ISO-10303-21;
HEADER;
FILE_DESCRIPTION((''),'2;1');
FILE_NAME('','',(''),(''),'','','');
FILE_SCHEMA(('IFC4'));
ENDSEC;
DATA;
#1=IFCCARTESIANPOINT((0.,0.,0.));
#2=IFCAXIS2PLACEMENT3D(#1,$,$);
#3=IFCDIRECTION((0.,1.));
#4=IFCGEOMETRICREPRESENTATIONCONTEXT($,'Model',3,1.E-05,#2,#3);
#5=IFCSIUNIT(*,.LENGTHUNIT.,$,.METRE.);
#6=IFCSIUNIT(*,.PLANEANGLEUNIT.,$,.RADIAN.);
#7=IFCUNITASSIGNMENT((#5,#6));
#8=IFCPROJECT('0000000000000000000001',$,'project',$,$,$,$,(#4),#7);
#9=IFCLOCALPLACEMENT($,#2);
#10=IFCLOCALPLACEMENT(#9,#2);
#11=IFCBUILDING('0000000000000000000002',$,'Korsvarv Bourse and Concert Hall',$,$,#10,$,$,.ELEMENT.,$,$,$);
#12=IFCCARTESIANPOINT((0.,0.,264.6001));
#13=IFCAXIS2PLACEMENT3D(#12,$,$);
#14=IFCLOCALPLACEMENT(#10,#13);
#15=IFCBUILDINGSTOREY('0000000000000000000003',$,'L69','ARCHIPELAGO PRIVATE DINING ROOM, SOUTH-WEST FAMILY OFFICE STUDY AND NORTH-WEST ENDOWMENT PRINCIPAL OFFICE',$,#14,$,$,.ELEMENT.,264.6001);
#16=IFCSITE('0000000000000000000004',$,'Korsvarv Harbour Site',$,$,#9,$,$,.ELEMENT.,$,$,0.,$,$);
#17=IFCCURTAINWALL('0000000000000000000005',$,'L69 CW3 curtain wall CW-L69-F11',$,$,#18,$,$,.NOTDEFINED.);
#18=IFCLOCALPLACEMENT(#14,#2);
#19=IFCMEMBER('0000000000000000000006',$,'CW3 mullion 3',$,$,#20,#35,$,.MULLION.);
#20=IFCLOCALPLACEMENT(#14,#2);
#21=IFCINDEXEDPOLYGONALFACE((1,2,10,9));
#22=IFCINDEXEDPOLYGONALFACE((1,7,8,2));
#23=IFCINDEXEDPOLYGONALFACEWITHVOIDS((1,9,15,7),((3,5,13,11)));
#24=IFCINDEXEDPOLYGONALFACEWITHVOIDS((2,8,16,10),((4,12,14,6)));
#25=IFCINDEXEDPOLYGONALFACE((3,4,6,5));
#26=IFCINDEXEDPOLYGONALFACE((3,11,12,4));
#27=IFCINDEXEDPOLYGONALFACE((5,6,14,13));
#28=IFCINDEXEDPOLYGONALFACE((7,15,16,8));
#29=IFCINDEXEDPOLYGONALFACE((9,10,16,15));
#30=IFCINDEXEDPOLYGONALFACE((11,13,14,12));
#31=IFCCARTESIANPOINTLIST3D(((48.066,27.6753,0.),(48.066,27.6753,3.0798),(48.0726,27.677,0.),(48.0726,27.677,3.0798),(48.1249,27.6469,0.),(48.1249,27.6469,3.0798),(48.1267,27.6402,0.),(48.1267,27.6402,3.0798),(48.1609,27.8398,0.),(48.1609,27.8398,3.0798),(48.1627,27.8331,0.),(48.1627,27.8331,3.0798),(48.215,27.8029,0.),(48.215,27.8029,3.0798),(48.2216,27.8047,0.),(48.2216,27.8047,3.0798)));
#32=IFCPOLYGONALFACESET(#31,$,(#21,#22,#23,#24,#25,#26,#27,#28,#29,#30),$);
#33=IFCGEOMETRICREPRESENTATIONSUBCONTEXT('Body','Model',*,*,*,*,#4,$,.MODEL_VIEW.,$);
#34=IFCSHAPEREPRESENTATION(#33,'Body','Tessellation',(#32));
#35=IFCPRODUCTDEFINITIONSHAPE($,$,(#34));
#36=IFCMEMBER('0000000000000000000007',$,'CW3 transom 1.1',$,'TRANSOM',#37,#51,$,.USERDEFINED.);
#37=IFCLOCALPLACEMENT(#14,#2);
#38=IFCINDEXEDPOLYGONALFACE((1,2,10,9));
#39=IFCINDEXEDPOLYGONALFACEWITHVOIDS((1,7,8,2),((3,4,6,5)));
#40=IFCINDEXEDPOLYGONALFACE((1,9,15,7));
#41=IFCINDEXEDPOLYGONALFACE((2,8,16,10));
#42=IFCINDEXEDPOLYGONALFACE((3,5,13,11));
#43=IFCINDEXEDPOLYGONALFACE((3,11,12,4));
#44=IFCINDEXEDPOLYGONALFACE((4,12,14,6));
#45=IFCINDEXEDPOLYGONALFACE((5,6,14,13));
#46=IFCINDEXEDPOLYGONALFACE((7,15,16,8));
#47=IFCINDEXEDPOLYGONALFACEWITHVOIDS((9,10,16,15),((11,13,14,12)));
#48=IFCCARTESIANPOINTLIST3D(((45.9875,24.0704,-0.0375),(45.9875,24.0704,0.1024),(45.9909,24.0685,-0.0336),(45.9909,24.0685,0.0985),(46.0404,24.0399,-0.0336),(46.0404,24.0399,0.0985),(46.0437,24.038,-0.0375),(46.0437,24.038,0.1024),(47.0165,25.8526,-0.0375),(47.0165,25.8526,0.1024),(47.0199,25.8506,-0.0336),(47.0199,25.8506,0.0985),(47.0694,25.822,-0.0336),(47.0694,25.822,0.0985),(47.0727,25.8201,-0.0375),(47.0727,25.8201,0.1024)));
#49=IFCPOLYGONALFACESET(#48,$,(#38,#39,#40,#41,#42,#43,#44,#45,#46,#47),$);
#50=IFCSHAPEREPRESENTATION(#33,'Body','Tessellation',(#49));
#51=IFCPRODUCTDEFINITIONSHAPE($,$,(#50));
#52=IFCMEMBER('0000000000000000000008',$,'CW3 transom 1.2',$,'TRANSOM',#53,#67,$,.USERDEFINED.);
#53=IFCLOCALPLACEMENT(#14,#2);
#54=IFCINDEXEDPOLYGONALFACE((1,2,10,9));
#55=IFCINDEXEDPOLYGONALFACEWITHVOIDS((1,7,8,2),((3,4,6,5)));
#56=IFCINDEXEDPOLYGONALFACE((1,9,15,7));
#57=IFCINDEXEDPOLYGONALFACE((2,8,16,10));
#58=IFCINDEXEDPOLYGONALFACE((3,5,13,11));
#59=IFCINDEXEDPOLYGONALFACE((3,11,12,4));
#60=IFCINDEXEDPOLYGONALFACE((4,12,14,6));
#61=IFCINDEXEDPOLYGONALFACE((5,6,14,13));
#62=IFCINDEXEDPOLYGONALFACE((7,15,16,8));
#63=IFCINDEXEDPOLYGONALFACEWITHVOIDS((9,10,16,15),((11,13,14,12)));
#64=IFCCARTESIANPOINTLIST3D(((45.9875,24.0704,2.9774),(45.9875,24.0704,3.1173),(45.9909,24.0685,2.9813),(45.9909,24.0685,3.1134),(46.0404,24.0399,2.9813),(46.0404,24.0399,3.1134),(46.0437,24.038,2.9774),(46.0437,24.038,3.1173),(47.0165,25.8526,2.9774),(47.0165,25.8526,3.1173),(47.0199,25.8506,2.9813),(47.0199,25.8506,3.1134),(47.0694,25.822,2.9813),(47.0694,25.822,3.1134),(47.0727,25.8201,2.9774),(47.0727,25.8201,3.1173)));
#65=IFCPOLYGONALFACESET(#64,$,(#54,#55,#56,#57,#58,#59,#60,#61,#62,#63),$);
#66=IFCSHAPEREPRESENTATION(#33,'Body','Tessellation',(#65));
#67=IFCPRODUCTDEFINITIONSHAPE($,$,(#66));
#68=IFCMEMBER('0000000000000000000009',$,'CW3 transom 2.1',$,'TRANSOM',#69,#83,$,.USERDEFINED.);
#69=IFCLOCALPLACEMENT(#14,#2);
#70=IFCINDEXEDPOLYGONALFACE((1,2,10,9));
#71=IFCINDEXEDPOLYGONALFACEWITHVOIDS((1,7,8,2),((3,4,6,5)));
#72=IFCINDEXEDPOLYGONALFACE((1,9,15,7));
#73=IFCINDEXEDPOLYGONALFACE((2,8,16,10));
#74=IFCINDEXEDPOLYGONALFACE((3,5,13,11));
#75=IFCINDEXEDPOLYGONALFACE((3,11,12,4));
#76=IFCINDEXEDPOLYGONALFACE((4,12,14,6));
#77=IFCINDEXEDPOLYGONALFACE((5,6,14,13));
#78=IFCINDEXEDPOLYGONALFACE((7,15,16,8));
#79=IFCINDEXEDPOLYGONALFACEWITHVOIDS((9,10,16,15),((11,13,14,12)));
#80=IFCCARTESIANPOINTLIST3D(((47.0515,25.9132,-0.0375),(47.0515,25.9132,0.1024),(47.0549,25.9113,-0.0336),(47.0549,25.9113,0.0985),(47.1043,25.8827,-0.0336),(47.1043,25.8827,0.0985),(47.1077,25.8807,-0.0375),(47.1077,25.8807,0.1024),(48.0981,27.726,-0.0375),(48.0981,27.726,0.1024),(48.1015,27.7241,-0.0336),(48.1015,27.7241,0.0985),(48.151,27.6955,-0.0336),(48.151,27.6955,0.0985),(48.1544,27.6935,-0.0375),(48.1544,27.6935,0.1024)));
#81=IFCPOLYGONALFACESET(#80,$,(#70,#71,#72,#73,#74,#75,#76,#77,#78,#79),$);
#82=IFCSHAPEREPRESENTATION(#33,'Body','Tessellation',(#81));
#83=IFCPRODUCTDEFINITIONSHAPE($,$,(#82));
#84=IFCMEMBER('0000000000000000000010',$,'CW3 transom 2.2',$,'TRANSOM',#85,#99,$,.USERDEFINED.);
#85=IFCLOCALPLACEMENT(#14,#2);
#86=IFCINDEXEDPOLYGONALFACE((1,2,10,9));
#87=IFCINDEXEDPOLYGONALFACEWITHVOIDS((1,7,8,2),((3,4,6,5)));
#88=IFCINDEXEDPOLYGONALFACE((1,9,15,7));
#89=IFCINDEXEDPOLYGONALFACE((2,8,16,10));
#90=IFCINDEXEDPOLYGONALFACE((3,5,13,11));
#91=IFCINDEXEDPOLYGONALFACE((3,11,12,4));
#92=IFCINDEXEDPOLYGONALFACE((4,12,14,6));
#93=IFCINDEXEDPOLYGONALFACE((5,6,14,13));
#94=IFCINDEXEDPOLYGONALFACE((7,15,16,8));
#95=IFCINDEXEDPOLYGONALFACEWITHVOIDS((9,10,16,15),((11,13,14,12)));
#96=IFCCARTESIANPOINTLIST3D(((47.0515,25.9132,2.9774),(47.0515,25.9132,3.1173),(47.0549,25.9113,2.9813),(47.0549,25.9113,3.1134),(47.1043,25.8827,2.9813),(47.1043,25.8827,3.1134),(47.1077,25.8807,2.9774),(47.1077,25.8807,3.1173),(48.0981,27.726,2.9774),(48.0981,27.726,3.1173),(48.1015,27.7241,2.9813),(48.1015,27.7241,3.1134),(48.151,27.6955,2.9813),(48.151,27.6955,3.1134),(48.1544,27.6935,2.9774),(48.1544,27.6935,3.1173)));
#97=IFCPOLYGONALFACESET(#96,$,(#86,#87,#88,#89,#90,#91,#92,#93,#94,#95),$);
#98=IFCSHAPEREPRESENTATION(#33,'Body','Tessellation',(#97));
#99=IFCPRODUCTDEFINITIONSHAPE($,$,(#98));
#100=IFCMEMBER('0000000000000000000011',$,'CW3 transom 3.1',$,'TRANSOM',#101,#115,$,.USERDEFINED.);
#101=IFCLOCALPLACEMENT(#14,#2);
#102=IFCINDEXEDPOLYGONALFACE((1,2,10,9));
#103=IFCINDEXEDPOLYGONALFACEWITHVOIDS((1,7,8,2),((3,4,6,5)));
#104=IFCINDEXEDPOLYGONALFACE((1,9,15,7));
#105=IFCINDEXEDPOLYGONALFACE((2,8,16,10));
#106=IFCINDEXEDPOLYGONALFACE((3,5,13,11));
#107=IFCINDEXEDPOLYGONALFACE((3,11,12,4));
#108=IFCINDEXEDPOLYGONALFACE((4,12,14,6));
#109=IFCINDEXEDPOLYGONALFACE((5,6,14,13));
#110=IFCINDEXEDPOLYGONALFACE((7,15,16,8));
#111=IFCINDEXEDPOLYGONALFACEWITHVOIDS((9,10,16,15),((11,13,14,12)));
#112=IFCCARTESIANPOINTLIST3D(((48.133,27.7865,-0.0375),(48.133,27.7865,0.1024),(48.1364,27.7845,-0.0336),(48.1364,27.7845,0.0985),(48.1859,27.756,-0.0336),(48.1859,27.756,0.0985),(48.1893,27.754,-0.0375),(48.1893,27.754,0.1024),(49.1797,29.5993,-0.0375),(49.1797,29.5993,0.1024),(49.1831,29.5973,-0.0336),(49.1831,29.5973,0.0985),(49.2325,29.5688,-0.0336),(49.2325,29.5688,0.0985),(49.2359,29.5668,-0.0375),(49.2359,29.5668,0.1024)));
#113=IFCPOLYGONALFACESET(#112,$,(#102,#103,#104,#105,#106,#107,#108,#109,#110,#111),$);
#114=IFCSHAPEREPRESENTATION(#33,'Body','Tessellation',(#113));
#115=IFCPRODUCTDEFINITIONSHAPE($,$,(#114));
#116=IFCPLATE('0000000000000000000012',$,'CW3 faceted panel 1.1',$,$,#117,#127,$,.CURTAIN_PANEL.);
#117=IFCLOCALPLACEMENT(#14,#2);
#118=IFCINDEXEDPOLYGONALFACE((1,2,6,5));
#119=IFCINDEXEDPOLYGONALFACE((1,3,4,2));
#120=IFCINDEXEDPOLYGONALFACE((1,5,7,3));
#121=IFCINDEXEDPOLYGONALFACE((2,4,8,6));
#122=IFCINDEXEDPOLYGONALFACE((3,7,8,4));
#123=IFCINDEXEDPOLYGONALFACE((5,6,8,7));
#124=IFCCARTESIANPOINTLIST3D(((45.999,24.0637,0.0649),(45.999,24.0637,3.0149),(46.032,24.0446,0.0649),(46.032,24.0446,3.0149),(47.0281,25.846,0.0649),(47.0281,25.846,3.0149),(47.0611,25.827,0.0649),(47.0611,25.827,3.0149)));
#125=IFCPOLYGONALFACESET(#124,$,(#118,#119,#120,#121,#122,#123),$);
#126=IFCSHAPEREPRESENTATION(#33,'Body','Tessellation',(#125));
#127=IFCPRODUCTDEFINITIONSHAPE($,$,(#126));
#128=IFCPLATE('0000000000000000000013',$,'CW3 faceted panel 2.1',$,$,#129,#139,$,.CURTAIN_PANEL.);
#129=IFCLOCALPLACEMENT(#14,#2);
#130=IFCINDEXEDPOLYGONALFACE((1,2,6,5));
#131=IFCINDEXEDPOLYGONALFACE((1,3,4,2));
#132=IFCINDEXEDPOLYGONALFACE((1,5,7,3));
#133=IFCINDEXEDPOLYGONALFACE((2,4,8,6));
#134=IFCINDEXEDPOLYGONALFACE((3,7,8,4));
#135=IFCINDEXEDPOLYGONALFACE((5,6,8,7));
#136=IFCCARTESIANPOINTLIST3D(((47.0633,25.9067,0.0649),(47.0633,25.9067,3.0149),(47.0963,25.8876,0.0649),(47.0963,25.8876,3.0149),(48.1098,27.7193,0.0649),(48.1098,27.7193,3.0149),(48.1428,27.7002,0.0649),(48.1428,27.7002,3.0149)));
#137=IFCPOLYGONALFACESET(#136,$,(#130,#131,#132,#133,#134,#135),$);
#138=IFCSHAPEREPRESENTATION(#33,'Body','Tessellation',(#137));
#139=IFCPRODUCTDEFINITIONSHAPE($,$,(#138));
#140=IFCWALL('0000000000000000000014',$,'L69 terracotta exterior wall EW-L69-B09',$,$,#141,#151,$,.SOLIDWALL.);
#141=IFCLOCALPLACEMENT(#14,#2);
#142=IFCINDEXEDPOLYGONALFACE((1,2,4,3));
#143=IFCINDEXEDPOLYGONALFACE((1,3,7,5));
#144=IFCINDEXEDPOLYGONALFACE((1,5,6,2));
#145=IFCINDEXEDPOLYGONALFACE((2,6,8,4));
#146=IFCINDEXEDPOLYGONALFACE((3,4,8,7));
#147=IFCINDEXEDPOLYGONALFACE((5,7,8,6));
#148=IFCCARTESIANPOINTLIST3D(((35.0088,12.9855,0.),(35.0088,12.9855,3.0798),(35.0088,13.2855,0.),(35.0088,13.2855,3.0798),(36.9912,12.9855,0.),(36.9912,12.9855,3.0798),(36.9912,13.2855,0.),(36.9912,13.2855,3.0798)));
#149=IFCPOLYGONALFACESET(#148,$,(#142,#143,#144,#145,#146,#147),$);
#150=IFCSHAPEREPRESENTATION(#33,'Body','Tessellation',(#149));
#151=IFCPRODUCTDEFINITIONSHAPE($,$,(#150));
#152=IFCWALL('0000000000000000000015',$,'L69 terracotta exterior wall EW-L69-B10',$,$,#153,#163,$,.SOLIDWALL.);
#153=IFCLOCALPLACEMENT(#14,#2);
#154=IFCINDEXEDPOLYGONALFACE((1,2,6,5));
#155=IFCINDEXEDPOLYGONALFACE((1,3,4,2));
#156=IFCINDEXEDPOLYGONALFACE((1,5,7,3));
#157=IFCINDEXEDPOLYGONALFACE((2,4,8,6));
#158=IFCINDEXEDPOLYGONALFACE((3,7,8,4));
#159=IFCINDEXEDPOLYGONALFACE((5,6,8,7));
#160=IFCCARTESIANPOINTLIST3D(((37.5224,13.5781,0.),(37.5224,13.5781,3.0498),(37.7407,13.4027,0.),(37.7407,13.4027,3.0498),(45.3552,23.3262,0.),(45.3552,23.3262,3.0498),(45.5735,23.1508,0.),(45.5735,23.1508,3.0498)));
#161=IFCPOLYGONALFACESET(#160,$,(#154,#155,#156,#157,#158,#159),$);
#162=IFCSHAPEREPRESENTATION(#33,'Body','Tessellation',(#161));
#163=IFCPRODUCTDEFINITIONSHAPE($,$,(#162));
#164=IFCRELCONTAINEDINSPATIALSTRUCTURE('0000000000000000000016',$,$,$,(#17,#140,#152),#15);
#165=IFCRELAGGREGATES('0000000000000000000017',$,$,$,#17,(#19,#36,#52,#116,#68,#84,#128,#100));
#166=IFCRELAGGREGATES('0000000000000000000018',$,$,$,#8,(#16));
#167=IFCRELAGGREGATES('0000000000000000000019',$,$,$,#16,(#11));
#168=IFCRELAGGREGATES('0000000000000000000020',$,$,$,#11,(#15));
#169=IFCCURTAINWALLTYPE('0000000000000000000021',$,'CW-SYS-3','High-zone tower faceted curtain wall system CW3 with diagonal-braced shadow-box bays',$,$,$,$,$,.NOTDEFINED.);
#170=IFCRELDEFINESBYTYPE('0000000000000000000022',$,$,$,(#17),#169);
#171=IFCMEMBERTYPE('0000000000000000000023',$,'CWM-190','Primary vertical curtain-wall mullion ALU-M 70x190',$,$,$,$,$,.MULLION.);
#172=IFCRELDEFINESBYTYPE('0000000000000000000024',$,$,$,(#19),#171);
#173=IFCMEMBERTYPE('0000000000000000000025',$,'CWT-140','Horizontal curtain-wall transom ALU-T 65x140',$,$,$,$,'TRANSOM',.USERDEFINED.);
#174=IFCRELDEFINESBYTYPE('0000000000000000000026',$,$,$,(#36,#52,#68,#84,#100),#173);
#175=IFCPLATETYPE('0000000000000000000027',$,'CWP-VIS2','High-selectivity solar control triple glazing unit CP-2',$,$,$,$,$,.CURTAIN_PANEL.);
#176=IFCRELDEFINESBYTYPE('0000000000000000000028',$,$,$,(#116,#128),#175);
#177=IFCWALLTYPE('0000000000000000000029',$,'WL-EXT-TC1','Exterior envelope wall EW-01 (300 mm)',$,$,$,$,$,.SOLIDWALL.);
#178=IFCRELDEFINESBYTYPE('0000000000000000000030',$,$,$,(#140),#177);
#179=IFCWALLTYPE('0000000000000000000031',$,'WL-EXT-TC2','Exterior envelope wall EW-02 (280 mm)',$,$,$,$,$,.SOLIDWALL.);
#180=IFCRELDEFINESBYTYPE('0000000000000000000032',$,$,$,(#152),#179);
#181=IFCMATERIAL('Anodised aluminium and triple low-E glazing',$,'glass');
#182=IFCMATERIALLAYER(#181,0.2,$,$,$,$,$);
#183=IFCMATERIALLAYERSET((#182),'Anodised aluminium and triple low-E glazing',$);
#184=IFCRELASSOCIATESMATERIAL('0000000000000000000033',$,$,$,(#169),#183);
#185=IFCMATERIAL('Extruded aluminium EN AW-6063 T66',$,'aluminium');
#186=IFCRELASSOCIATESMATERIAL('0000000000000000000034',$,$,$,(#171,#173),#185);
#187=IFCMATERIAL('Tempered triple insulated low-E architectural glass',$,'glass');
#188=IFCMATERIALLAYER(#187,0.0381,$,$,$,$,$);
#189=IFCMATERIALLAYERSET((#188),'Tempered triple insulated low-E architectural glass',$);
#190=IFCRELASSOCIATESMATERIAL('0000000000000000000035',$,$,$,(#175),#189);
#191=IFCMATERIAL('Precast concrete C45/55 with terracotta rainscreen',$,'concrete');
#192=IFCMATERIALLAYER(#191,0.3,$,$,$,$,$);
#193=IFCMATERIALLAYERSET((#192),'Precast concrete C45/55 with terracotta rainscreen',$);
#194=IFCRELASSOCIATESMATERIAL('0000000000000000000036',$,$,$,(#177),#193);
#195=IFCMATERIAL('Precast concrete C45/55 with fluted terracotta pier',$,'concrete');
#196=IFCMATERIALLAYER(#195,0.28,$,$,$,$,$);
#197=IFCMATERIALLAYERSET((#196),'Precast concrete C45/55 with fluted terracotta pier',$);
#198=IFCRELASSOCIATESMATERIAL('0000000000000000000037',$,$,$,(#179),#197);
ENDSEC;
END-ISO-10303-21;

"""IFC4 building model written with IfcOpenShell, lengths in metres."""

from ifc_helpers import new_model, si_unit, direction, frame, frame_2d, origin, origin_2d, place, context, subcontext, project, spatial, rectangle, hollow_rectangle, extrude, source, transform, mapped, material, layer, layer_set, material_profile, profile_set, type_object, element, aggregate, save


model = new_model("IFC4")

# Units and contexts
model_context = context("Model", 3, precision=1e-05, world=origin(), true_north=direction((0.0, 1.0)))
body_context = subcontext(model_context, "Body", "Model", "MODEL_VIEW")
ifc_project = project(units=[si_unit("LENGTHUNIT", "METRE"), si_unit("PLANEANGLEUNIT", "RADIAN")], contexts=[model_context])

# Site, building, storey
site_placement = place(None, origin())
site = spatial("IfcSite", under=ifc_project, at=site_placement, Name="Korsvarv Harbour Site", CompositionType="ELEMENT", RefElevation=0.0)
building_placement = place(site_placement, origin())
building = spatial("IfcBuilding", under=site, at=building_placement, Name="Korsvarv Bourse and Concert Hall", CompositionType="ELEMENT")
storey_placement = place(building_placement, frame((0.0, 0.0, 264.6001)))
storey = spatial("IfcBuildingStorey", under=building, at=storey_placement, Name="L69", Description="ARCHIPELAGO PRIVATE DINING ROOM, SOUTH-WEST FAMILY OFFICE STUDY AND NORTH-WEST ENDOWMENT PRINCIPAL OFFICE", CompositionType="ELEMENT", Elevation=264.6001)

# Curtain wall, members, plates
ifc_material_1 = material(Name="Anodised aluminium and triple low-E glazing", Category="glass")
ifc_layer_1 = layer(ifc_material_1, 0.2)
ifc_layer_set_1 = layer_set([ifc_layer_1], Name="Anodised aluminium and triple low-E glazing")
curtain_wall_type = type_object("IfcCurtainWallType", Name="CW-SYS-3", Description="High-zone tower faceted curtain wall system CW3 with diagonal-braced shadow-box bays", PredefinedType="NOTDEFINED", material=ifc_layer_set_1)
curtain_wall_placement = place(storey_placement, origin())
curtain_wall = element("IfcCurtainWall", 1, at=curtain_wall_placement, inside=storey, type_object=curtain_wall_type, Name="L69 CW3 curtain wall CW-L69-F11", PredefinedType="NOTDEFINED")
ifc_material_2 = material(Name="Extruded aluminium EN AW-6063 T66", Category="aluminium")
ifc_material_profile_1 = material_profile(ifc_material_2, hollow_rectangle(XDim=0.0701, YDim=0.1899, WallThickness=0.0049, at=origin_2d()), Name="ALU-M 70x190")
ifc_profile_set_1 = profile_set([ifc_material_profile_1], Name="Extruded aluminium EN AW-6063 T66")
member_type_1 = type_object("IfcMemberType", Name="CWM-190", Description="Primary vertical curtain-wall mullion ALU-M 70x190", PredefinedType="MULLION", material=ifc_profile_set_1)
shared_shape_1 = source(origin(), body_context, "Body", "SweptSolid", [
    extrude(hollow_rectangle(XDim=0.0701, YDim=0.1899, WallThickness=0.0049, at=origin_2d()), origin(), (0.0, 0.0, 1.0), 3.0798),
])
member_1_placement = place(storey_placement, frame((48.1438, 27.74, 0.0), z_axis=(0.0, 0.0, 1.0), x_axis=(-0.866023, 0.500004, 0.0)))
member_1 = element("IfcMember", 2, at=member_1_placement, type_object=member_type_1, Name="CW3 mullion 3", PredefinedType="MULLION", context=body_context, shape_type="MappedRepresentation", body=[
    mapped(shared_shape_1, transform((0.0, 0.0, 0.0), scale=1.0)),
])
ifc_material_profile_2 = material_profile(ifc_material_2, hollow_rectangle(XDim=0.0649, YDim=0.1399, WallThickness=0.0039, at=origin_2d()), Name="ALU-T 65x140")
ifc_profile_set_2 = profile_set([ifc_material_profile_2], Name="Extruded aluminium EN AW-6063 T66")
member_type_2 = type_object("IfcMemberType", Name="CWT-140", Description="Horizontal curtain-wall transom ALU-T 65x140", ElementType="TRANSOM", PredefinedType="USERDEFINED", material=ifc_profile_set_2)
shared_shape_2 = source(origin(), body_context, "Body", "SweptSolid", [
    extrude(hollow_rectangle(XDim=0.0649, YDim=0.1399, WallThickness=0.0039, at=origin_2d()), origin(), (0.0, 0.0, 1.0), 2.0579),
])
member_2_placement = place(storey_placement, frame((46.0156, 24.0542, 0.0325), z_axis=(0.500031, 0.866008, 0.0), x_axis=(-0.866008, 0.500031, 0.0)))
member_2 = element("IfcMember", 3, at=member_2_placement, type_object=member_type_2, Name="CW3 transom 1.1", ObjectType="TRANSOM", PredefinedType="USERDEFINED", context=body_context, shape_type="MappedRepresentation", body=[
    mapped(shared_shape_2, transform((0.0, 0.0, 0.0), scale=1.0)),
])
member_3_placement = place(storey_placement, frame((46.0156, 24.0542, 3.0474), z_axis=(0.500031, 0.866008, 0.0), x_axis=(-0.866008, 0.500031, 0.0)))
member_3 = element("IfcMember", 4, at=member_3_placement, type_object=member_type_2, Name="CW3 transom 1.2", ObjectType="TRANSOM", PredefinedType="USERDEFINED", context=body_context, shape_type="MappedRepresentation", body=[
    mapped(shared_shape_2, transform((0.0, 0.0, 0.0), scale=1.0)),
])
shared_shape_3 = source(origin(), body_context, "Body", "SweptSolid", [
    extrude(hollow_rectangle(XDim=0.0649, YDim=0.1399, WallThickness=0.0039, at=origin_2d()), origin(), (0.0, 0.0, 1.0), 2.0933),
])
member_4_placement = place(storey_placement, frame((47.0796, 25.897, 0.0325), z_axis=(0.500015, 0.866017, 0.0), x_axis=(-0.866017, 0.500015, 0.0)))
member_4 = element("IfcMember", 5, at=member_4_placement, type_object=member_type_2, Name="CW3 transom 2.1", ObjectType="TRANSOM", PredefinedType="USERDEFINED", context=body_context, shape_type="MappedRepresentation", body=[
    mapped(shared_shape_3, transform((0.0, 0.0, 0.0), scale=1.0)),
])
member_5_placement = place(storey_placement, frame((47.0796, 25.897, 3.0474), z_axis=(0.500015, 0.866017, 0.0), x_axis=(-0.866017, 0.500015, 0.0)))
member_5 = element("IfcMember", 6, at=member_5_placement, type_object=member_type_2, Name="CW3 transom 2.2", ObjectType="TRANSOM", PredefinedType="USERDEFINED", context=body_context, shape_type="MappedRepresentation", body=[
    mapped(shared_shape_3, transform((0.0, 0.0, 0.0), scale=1.0)),
])
member_6_placement = place(storey_placement, frame((48.1611, 27.7703, 0.0325), z_axis=(0.500015, 0.866017, 0.0), x_axis=(-0.866017, 0.500015, 0.0)))
member_6 = element("IfcMember", 7, at=member_6_placement, type_object=member_type_2, Name="CW3 transom 3.1", ObjectType="TRANSOM", PredefinedType="USERDEFINED", context=body_context, shape_type="MappedRepresentation", body=[
    mapped(shared_shape_3, transform((0.0, 0.0, 0.0), scale=1.0)),
])
ifc_material_3 = material(Name="Tempered triple insulated low-E architectural glass", Category="glass")
ifc_layer_2 = layer(ifc_material_3, 0.0381)
ifc_layer_set_2 = layer_set([ifc_layer_2], Name="Tempered triple insulated low-E architectural glass")
plate_type = type_object("IfcPlateType", Name="CWP-VIS2", Description="High-selectivity solar control triple glazing unit CP-2", PredefinedType="CURTAIN_PANEL", material=ifc_layer_set_2)
shared_shape_4 = source(origin(), body_context, "Body", "SweptSolid", [
    extrude(rectangle(XDim=2.0581, YDim=0.0381, at=origin_2d()), origin(), (0.0, 0.0, 1.0), 2.95),
])
plate_1_placement = place(storey_placement, frame((46.53, 24.9453, 0.0649), z_axis=(0.0, 0.0, 1.0), x_axis=(0.500004, 0.866023, 0.0)))
plate_1 = element("IfcPlate", 8, at=plate_1_placement, type_object=plate_type, Name="CW3 faceted panel 1.1", PredefinedType="CURTAIN_PANEL", context=body_context, shape_type="MappedRepresentation", body=[
    mapped(shared_shape_4, transform((0.0, 0.0, 0.0), scale=1.0)),
])
shared_shape_5 = source(origin(), body_context, "Body", "SweptSolid", [
    extrude(rectangle(XDim=2.093, YDim=0.0381, at=origin_2d()), origin(), (0.0, 0.0, 1.0), 2.95),
])
plate_2_placement = place(storey_placement, frame((47.603, 26.8035, 0.0649), z_axis=(0.0, 0.0, 1.0), x_axis=(0.500004, 0.866023, 0.0)))
plate_2 = element("IfcPlate", 9, at=plate_2_placement, type_object=plate_type, Name="CW3 faceted panel 2.1", PredefinedType="CURTAIN_PANEL", context=body_context, shape_type="MappedRepresentation", body=[
    mapped(shared_shape_5, transform((0.0, 0.0, 0.0), scale=1.0)),
])
aggregate(curtain_wall, [member_1, member_2, member_3, plate_1, member_4, member_5, plate_2, member_6])

# Walls
ifc_material_4 = material(Name="Precast concrete C45/55 with terracotta rainscreen", Category="concrete")
ifc_layer_3 = layer(ifc_material_4, 0.3)
ifc_layer_set_3 = layer_set([ifc_layer_3], Name="Precast concrete C45/55 with terracotta rainscreen")
wall_type_1 = type_object("IfcWallType", Name="WL-EXT-TC1", Description="Exterior envelope wall EW-01 (300 mm)", PredefinedType="SOLIDWALL", material=ifc_layer_set_3)
wall_1_placement = place(storey_placement, frame((35.0088, 13.1355, 0.0), z_axis=(0.0, 0.0, 1.0), x_axis=(1.0, 0.0, 0.0)))
element("IfcWall", 10, at=wall_1_placement, inside=storey, type_object=wall_type_1, Name="L69 terracotta exterior wall EW-L69-B09", PredefinedType="SOLIDWALL", context=body_context, shape_type="SweptSolid", body=[
    extrude(rectangle(XDim=1.9824, YDim=0.3, at=frame_2d((0.9912, 0.0))), origin(), (0.0, 0.0, 1.0), 3.0798),
])
ifc_material_5 = material(Name="Precast concrete C45/55 with fluted terracotta pier", Category="concrete")
ifc_layer_4 = layer(ifc_material_5, 0.28)
ifc_layer_set_4 = layer_set([ifc_layer_4], Name="Precast concrete C45/55 with fluted terracotta pier")
wall_type_2 = type_object("IfcWallType", Name="WL-EXT-TC2", Description="Exterior envelope wall EW-02 (280 mm)", PredefinedType="SOLIDWALL", material=ifc_layer_set_4)
wall_2_placement = place(storey_placement, frame((37.6316, 13.4905, 0.0), z_axis=(0.0, 0.0, 1.0), x_axis=(0.626367, 0.779528, 0.0)))
element("IfcWall", 11, at=wall_2_placement, inside=storey, type_object=wall_type_2, Name="L69 terracotta exterior wall EW-L69-B10", PredefinedType="SOLIDWALL", context=body_context, shape_type="SweptSolid", body=[
    extrude(rectangle(XDim=12.5051, YDim=0.28, at=frame_2d((6.2524, 0.0))), origin(), (0.0, 0.0, 1.0), 3.0498),
])

save(model, "model.ifc")
